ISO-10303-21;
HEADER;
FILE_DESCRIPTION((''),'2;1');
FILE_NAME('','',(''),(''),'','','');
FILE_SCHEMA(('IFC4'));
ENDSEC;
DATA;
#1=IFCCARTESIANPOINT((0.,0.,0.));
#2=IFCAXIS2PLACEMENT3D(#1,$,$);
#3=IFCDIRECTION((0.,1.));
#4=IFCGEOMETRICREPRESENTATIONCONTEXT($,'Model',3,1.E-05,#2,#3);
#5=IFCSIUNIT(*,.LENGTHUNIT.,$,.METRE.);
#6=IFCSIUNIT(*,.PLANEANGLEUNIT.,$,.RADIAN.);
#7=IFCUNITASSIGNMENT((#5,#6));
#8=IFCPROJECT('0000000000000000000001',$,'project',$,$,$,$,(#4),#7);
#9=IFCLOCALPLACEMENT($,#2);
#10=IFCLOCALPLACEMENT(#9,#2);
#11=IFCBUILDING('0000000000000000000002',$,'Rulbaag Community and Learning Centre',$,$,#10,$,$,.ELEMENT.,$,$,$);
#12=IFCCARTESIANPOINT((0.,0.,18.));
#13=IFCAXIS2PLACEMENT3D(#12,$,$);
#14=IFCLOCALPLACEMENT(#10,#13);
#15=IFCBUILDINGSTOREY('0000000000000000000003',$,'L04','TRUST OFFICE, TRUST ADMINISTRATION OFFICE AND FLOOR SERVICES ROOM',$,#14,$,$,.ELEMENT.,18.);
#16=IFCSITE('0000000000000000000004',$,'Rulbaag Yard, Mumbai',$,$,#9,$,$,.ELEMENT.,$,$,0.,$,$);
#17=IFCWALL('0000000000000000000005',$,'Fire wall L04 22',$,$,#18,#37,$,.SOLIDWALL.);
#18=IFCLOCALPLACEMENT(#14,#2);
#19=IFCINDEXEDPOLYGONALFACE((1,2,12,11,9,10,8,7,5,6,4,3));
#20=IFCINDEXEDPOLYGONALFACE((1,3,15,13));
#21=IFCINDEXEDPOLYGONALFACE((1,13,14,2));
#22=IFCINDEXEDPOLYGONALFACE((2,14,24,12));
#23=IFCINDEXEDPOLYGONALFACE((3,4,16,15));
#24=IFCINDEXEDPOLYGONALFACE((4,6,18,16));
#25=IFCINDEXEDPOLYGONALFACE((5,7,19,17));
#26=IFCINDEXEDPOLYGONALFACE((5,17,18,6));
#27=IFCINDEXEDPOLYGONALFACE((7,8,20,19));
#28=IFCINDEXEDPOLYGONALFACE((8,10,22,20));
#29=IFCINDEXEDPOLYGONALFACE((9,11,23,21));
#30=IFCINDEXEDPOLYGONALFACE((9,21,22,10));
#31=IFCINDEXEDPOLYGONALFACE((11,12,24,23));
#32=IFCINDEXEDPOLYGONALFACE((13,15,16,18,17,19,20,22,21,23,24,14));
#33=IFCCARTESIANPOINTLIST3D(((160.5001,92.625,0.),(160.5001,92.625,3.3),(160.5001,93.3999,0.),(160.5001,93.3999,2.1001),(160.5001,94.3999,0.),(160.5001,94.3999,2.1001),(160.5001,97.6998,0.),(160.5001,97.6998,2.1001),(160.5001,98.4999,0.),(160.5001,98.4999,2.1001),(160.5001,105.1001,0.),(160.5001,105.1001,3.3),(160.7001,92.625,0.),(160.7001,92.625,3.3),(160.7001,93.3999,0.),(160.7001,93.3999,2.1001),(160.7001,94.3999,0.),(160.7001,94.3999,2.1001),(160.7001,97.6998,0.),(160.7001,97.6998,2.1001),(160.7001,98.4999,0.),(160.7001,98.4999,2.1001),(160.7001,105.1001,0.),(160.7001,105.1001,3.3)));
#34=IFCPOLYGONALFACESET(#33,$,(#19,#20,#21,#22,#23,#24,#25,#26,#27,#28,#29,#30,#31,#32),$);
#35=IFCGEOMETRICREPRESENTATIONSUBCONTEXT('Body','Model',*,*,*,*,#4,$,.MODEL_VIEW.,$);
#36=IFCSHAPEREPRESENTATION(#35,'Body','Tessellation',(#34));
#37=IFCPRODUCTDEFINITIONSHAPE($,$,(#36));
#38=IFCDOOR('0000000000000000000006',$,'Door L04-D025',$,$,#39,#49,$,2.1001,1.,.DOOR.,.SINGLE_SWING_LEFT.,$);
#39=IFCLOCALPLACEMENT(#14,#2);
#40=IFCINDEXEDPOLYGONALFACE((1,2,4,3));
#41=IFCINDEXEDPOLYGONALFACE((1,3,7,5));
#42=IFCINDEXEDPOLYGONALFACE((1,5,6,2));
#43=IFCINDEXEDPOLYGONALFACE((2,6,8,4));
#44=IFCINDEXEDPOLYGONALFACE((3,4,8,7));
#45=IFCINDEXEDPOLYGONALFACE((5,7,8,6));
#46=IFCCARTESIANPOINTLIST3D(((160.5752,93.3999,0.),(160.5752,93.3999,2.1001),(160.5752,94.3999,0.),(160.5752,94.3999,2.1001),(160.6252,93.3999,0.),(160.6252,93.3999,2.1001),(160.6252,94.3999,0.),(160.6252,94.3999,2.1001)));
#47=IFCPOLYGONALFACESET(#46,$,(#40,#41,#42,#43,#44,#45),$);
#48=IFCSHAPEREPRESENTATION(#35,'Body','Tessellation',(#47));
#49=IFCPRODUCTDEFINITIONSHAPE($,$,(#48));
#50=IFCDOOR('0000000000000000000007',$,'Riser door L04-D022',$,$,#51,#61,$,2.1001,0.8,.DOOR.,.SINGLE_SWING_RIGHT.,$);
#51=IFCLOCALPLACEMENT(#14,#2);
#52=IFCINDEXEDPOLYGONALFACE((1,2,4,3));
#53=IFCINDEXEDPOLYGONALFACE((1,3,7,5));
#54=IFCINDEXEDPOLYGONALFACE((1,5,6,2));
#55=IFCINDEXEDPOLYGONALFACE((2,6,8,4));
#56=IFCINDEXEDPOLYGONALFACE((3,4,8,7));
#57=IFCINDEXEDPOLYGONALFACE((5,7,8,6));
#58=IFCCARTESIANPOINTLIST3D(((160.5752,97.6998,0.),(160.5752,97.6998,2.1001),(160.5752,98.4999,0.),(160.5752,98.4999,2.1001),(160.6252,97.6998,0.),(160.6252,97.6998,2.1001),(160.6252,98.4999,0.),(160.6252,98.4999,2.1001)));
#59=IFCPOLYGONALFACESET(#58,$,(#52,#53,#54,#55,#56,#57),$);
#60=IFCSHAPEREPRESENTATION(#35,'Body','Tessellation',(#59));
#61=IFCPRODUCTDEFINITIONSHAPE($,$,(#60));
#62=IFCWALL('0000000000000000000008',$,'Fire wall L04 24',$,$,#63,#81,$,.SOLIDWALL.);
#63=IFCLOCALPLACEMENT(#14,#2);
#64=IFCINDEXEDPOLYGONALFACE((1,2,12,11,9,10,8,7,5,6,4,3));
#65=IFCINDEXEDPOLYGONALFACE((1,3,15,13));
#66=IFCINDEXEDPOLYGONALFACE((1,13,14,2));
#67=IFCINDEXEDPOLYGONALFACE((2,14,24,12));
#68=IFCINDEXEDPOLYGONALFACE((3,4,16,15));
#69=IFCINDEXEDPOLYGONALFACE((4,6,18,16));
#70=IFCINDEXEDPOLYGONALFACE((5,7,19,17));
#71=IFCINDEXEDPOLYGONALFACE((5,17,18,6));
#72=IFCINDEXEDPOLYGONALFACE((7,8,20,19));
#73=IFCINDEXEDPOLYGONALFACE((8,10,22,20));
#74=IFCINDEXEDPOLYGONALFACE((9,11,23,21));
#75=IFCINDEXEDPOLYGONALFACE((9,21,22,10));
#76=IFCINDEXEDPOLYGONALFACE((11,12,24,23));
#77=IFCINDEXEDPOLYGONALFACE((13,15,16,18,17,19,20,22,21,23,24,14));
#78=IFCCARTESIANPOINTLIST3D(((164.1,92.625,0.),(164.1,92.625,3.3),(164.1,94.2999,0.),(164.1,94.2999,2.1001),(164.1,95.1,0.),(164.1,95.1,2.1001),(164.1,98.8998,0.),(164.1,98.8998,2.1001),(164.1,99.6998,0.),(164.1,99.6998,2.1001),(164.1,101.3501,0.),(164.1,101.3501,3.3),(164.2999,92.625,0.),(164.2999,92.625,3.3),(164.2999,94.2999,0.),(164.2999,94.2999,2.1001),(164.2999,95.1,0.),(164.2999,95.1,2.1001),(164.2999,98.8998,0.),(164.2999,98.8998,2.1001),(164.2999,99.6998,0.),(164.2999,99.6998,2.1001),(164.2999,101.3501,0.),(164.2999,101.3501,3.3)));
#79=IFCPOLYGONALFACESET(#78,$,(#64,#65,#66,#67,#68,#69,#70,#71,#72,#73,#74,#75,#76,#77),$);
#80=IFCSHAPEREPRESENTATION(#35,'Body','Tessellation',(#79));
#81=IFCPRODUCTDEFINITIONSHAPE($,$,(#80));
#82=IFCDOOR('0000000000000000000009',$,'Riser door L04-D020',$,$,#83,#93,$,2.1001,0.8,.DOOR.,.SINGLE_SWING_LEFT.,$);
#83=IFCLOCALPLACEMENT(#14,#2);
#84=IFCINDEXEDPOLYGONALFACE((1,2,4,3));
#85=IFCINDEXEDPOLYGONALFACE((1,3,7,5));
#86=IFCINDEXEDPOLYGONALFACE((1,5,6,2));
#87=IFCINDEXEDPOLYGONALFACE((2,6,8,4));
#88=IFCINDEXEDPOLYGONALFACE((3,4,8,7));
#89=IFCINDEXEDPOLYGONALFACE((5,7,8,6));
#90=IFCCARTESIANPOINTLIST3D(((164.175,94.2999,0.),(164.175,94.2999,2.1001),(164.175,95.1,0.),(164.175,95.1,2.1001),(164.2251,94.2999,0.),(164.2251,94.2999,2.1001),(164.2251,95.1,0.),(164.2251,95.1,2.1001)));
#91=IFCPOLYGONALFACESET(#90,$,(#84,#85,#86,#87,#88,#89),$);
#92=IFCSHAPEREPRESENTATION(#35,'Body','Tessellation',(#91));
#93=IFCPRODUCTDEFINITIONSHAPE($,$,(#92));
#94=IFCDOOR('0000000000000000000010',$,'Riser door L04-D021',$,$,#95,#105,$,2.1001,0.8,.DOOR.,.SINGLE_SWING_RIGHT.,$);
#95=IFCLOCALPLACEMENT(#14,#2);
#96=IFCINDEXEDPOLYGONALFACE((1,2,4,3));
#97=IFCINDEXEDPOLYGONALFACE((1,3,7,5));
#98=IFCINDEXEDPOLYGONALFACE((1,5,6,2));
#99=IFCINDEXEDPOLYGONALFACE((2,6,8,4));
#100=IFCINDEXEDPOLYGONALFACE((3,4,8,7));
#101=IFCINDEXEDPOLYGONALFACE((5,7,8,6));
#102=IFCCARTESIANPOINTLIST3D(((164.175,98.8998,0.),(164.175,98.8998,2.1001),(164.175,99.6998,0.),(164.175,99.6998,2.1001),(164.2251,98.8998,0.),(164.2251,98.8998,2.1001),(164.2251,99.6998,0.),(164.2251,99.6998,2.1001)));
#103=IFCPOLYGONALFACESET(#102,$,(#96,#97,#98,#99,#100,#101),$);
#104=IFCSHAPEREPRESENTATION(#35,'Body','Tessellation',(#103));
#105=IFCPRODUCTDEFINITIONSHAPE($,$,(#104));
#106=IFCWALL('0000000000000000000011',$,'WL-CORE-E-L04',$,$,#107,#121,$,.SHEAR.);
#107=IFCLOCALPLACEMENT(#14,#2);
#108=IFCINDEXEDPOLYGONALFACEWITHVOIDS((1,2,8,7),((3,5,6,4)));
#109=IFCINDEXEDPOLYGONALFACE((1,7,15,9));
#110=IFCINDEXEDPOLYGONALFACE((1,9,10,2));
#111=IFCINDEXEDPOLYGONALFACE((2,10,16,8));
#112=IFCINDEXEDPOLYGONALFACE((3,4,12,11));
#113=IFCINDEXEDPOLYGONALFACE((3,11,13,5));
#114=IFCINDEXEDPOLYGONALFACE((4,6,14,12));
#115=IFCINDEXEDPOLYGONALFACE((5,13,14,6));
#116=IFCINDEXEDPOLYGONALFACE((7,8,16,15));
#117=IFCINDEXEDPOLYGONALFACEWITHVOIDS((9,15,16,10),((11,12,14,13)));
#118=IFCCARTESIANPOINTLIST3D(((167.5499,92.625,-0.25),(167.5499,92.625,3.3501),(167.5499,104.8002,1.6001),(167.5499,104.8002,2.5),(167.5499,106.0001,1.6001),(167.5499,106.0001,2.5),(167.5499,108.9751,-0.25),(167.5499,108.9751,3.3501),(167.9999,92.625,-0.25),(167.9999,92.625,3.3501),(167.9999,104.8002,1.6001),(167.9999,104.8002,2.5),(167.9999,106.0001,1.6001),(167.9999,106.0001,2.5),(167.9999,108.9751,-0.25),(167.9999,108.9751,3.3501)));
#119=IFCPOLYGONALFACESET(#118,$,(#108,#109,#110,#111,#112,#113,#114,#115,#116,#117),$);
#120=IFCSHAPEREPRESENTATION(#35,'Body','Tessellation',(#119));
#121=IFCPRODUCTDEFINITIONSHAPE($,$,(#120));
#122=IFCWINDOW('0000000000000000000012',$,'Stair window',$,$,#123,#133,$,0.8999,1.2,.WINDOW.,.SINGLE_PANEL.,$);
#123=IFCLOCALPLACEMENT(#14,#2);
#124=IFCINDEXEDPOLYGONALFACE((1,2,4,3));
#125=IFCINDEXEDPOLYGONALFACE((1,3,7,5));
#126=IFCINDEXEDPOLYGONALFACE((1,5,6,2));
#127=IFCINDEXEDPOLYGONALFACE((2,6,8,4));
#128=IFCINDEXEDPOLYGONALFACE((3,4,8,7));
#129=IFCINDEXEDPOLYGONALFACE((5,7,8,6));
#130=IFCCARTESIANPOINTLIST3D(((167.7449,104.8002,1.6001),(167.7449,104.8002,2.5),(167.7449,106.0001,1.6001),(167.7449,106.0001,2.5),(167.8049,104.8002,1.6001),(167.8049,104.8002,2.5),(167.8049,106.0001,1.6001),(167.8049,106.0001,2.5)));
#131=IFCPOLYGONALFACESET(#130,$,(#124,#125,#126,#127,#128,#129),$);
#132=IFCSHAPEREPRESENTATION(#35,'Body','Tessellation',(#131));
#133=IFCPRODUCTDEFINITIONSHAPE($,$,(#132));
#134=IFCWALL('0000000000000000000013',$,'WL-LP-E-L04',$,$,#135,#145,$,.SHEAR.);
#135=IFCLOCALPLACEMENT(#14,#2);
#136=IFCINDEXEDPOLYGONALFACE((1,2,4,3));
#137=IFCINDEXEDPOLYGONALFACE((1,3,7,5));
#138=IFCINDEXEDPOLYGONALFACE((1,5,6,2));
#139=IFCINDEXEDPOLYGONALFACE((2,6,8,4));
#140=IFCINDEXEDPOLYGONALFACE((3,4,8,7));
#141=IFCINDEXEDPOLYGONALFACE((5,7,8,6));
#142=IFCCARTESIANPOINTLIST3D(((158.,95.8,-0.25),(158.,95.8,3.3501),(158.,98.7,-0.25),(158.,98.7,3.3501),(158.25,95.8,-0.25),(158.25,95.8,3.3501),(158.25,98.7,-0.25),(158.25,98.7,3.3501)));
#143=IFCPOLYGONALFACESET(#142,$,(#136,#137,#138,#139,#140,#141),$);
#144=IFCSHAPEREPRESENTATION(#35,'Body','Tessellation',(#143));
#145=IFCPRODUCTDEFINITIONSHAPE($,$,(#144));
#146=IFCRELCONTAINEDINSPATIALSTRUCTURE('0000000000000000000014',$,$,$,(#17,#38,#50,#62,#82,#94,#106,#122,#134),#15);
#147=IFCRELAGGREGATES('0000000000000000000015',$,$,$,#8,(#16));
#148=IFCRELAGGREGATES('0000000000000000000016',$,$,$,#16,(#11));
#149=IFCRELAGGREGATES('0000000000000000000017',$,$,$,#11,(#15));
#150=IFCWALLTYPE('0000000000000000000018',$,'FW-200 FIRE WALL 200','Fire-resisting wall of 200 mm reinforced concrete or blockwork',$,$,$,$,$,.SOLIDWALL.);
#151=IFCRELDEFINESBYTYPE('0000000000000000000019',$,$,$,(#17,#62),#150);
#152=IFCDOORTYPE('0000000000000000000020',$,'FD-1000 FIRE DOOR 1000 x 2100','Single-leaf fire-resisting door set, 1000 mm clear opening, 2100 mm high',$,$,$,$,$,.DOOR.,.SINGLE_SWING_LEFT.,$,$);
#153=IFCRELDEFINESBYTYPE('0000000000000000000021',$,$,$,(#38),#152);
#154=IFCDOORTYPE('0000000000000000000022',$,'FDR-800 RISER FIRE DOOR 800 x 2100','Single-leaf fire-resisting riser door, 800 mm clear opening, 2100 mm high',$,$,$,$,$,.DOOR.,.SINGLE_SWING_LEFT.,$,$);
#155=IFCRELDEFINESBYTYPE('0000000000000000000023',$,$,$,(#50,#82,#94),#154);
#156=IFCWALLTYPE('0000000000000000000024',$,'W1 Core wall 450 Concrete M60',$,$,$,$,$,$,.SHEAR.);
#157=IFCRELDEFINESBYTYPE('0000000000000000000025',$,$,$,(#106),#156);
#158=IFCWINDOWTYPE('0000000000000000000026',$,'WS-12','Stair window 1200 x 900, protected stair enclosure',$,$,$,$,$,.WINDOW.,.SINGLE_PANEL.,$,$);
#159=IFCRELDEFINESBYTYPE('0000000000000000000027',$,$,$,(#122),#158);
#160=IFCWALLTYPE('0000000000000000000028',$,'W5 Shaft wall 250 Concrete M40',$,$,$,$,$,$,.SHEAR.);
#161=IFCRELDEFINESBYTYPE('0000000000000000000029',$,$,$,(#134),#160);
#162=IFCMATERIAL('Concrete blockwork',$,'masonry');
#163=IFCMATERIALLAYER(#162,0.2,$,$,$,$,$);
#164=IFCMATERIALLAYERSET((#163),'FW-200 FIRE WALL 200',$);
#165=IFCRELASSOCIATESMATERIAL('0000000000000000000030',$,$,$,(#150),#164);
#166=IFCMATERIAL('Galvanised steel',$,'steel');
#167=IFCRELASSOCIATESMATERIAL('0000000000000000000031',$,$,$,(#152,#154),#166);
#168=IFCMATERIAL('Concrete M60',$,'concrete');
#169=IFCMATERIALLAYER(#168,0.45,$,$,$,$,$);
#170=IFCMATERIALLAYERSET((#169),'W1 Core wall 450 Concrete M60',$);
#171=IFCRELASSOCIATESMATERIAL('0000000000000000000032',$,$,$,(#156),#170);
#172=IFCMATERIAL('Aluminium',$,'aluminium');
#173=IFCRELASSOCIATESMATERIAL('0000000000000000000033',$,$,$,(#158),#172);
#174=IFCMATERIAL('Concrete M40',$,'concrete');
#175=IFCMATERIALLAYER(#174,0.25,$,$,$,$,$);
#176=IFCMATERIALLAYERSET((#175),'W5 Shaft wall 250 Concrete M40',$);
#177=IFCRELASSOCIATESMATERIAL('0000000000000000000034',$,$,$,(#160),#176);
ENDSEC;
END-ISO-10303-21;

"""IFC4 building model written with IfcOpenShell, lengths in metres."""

from ifc_helpers import new_model, si_unit, direction, frame, frame_2d, origin, place, context, subcontext, project, spatial, rectangle, extrude, material, layer, layer_set, type_object, element, fill, save


model = new_model("IFC4")

# Units and contexts
model_context = context("Model", 3, precision=1e-05, world=origin(), true_north=direction((0.0, 1.0)))
body_context = subcontext(model_context, "Body", "Model", "MODEL_VIEW")
ifc_project = project(units=[si_unit("LENGTHUNIT", "METRE"), si_unit("PLANEANGLEUNIT", "RADIAN")], contexts=[model_context])

# Site, building, storey
site_placement = place(None, origin())
site = spatial("IfcSite", under=ifc_project, at=site_placement, Name="Rulbaag Yard, Mumbai", CompositionType="ELEMENT", RefElevation=0.0)
building_placement = place(site_placement, origin())
building = spatial("IfcBuilding", under=site, at=building_placement, Name="Rulbaag Community and Learning Centre", CompositionType="ELEMENT")
storey_placement = place(building_placement, frame((0.0, 0.0, 18.0)))
storey = spatial("IfcBuildingStorey", under=building, at=storey_placement, Name="L04", Description="TRUST OFFICE, TRUST ADMINISTRATION OFFICE AND FLOOR SERVICES ROOM", CompositionType="ELEMENT", Elevation=18.0)

# Shared definitions
ifc_material_1 = material(Name="Concrete M40", Category="concrete")

# Shared definitions
ifc_material_2 = material(Name="Aluminium", Category="aluminium")

# Shared definitions
ifc_material_3 = material(Name="Concrete blockwork", Category="masonry")
ifc_layer_1 = layer(ifc_material_3, 0.2)
ifc_layer_set_1 = layer_set([ifc_layer_1], Name="FW-200 FIRE WALL 200")
wall_type_1 = type_object("IfcWallType", Name="FW-200 FIRE WALL 200", Description="Fire-resisting wall of 200 mm reinforced concrete or blockwork", PredefinedType="SOLIDWALL", material=ifc_layer_set_1)

# Walls, openings, doors
wall_1_placement = place(storey_placement, frame((160.6001, 92.625, 0.0), z_axis=(0.0, 0.0, 1.0), x_axis=(0.0, 1.0, 0.0)))
wall_1 = element("IfcWall", 1, at=wall_1_placement, inside=storey, type_object=wall_type_1, Name="Fire wall L04 22", PredefinedType="SOLIDWALL", context=body_context, shape_type="SweptSolid", body=[
    extrude(rectangle(XDim=12.4751, YDim=0.2, at=frame_2d((6.2375, 0.0))), origin(), (0.0, 0.0, 1.0), 3.3),
])
opening_1_placement = place(wall_1_placement, frame((5.075, 0.0, 0.0)))
opening_1 = element("IfcOpeningElement", 2, at=opening_1_placement, cuts=wall_1, PredefinedType="OPENING", context=body_context, shape_type="SweptSolid", body=[
    extrude(rectangle(XDim=0.8, YDim=2.1001, at=frame_2d((0.3999, 1.05))), frame((0.0, 0.1099, 0.0), z_axis=(0.0, -1.0, 0.0), x_axis=(1.0, 0.0, 0.0)), (0.0, 0.0, 1.0), 0.22),
])
opening_2_placement = place(wall_1_placement, frame((0.7749, 0.0, 0.0)))
opening_2 = element("IfcOpeningElement", 3, at=opening_2_placement, cuts=wall_1, PredefinedType="OPENING", context=body_context, shape_type="SweptSolid", body=[
    extrude(rectangle(XDim=1.0, YDim=2.1001, at=frame_2d((0.5, 1.05))), frame((0.0, 0.1099, 0.0), z_axis=(0.0, -1.0, 0.0), x_axis=(1.0, 0.0, 0.0)), (0.0, 0.0, 1.0), 0.22),
])
ifc_material_4 = material(Name="Galvanised steel", Category="steel")
door_type_1 = type_object("IfcDoorType", Name="FD-1000 FIRE DOOR 1000 x 2100", Description="Single-leaf fire-resisting door set, 1000 mm clear opening, 2100 mm high", OperationType="SINGLE_SWING_LEFT", PredefinedType="DOOR", material=ifc_material_4)
door_1_placement = place(opening_2_placement, origin())
door_1 = element("IfcDoor", 4, at=door_1_placement, inside=storey, type_object=door_type_1, Name="Door L04-D025", OperationType="SINGLE_SWING_LEFT", OverallHeight=2.1001, OverallWidth=1.0, PredefinedType="DOOR", context=body_context, shape_type="SweptSolid", body=[
    extrude(rectangle(XDim=1.0, YDim=2.1001, at=frame_2d((0.5, 1.05))), frame((0.0, 0.0249, 0.0), z_axis=(0.0, -1.0, 0.0), x_axis=(1.0, 0.0, 0.0)), (0.0, 0.0, 1.0), 0.05),
])
fill(opening_2, door_1)
door_type_2 = type_object("IfcDoorType", Name="FDR-800 RISER FIRE DOOR 800 x 2100", Description="Single-leaf fire-resisting riser door, 800 mm clear opening, 2100 mm high", OperationType="SINGLE_SWING_LEFT", PredefinedType="DOOR", material=ifc_material_4)
door_2_placement = place(opening_1_placement, origin())
door_2 = element("IfcDoor", 5, at=door_2_placement, inside=storey, type_object=door_type_2, Name="Riser door L04-D022", OperationType="SINGLE_SWING_RIGHT", OverallHeight=2.1001, OverallWidth=0.8, PredefinedType="DOOR", context=body_context, shape_type="SweptSolid", body=[
    extrude(rectangle(XDim=0.8, YDim=2.1001, at=frame_2d((0.3999, 1.05))), frame((0.0, 0.0249, 0.0), z_axis=(0.0, -1.0, 0.0), x_axis=(1.0, 0.0, 0.0)), (0.0, 0.0, 1.0), 0.05),
])
fill(opening_1, door_2)
wall_2_placement = place(storey_placement, frame((164.2, 92.625, 0.0), z_axis=(0.0, 0.0, 1.0), x_axis=(0.0, 1.0, 0.0)))
wall_2 = element("IfcWall", 6, at=wall_2_placement, inside=storey, type_object=wall_type_1, Name="Fire wall L04 24", PredefinedType="SOLIDWALL", context=body_context, shape_type="SweptSolid", body=[
    extrude(rectangle(XDim=8.7251, YDim=0.2, at=frame_2d((4.3625, 0.0))), origin(), (0.0, 0.0, 1.0), 3.3),
])
opening_3_placement = place(wall_2_placement, frame((1.675, 0.0, 0.0)))
opening_3 = element("IfcOpeningElement", 7, at=opening_3_placement, cuts=wall_2, PredefinedType="OPENING", context=body_context, shape_type="SweptSolid", body=[
    extrude(rectangle(XDim=0.8, YDim=2.1001, at=frame_2d((0.3999, 1.05))), frame((0.0, 0.1099, 0.0), z_axis=(0.0, -1.0, 0.0), x_axis=(1.0, 0.0, 0.0)), (0.0, 0.0, 1.0), 0.22),
])
opening_4_placement = place(wall_2_placement, frame((6.2749, 0.0, 0.0)))
opening_4 = element("IfcOpeningElement", 8, at=opening_4_placement, cuts=wall_2, PredefinedType="OPENING", context=body_context, shape_type="SweptSolid", body=[
    extrude(rectangle(XDim=0.8, YDim=2.1001, at=frame_2d((0.3999, 1.05))), frame((0.0, 0.1099, 0.0), z_axis=(0.0, -1.0, 0.0), x_axis=(1.0, 0.0, 0.0)), (0.0, 0.0, 1.0), 0.22),
])
door_3_placement = place(opening_3_placement, origin())
door_3 = element("IfcDoor", 9, at=door_3_placement, inside=storey, type_object=door_type_2, Name="Riser door L04-D020", OperationType="SINGLE_SWING_LEFT", OverallHeight=2.1001, OverallWidth=0.8, PredefinedType="DOOR", context=body_context, shape_type="SweptSolid", body=[
    extrude(rectangle(XDim=0.8, YDim=2.1001, at=frame_2d((0.3999, 1.05))), frame((0.0, 0.0249, 0.0), z_axis=(0.0, -1.0, 0.0), x_axis=(1.0, 0.0, 0.0)), (0.0, 0.0, 1.0), 0.05),
])
fill(opening_3, door_3)
door_4_placement = place(opening_4_placement, origin())
door_4 = element("IfcDoor", 10, at=door_4_placement, inside=storey, type_object=door_type_2, Name="Riser door L04-D021", OperationType="SINGLE_SWING_RIGHT", OverallHeight=2.1001, OverallWidth=0.8, PredefinedType="DOOR", context=body_context, shape_type="SweptSolid", body=[
    extrude(rectangle(XDim=0.8, YDim=2.1001, at=frame_2d((0.3999, 1.05))), frame((0.0, 0.0249, 0.0), z_axis=(0.0, -1.0, 0.0), x_axis=(1.0, 0.0, 0.0)), (0.0, 0.0, 1.0), 0.05),
])
fill(opening_4, door_4)

# Wall, opening, window
ifc_material_5 = material(Name="Concrete M60", Category="concrete")
ifc_layer_2 = layer(ifc_material_5, 0.45)
ifc_layer_set_2 = layer_set([ifc_layer_2], Name="W1 Core wall 450 Concrete M60")
wall_type_2 = type_object("IfcWallType", Name="W1 Core wall 450 Concrete M60", PredefinedType="SHEAR", material=ifc_layer_set_2)
wall_3_placement = place(storey_placement, frame((167.7749, 92.625, -0.25), z_axis=(0.0, 0.0, 1.0), x_axis=(0.0, 1.0, 0.0)))
wall_3 = element("IfcWall", 11, at=wall_3_placement, inside=storey, type_object=wall_type_2, Name="WL-CORE-E-L04", PredefinedType="SHEAR", context=body_context, shape_type="SweptSolid", body=[
    extrude(rectangle(XDim=16.3501, YDim=0.45, at=frame_2d((8.175, 0.0))), origin(), (0.0, 0.0, 1.0), 3.6001),
])
opening_5_placement = place(wall_3_placement, frame((12.175, 0.0, 1.8501)))
opening_5 = element("IfcOpeningElement", 12, at=opening_5_placement, cuts=wall_3, PredefinedType="OPENING", context=body_context, shape_type="SweptSolid", body=[
    extrude(rectangle(XDim=1.2, YDim=0.8999, at=frame_2d((0.6001, 0.45))), frame((0.0, 0.2349, 0.0), z_axis=(0.0, -1.0, 0.0), x_axis=(1.0, 0.0, 0.0)), (0.0, 0.0, 1.0), 0.47),
])
window_type = type_object("IfcWindowType", Name="WS-12", Description="Stair window 1200 x 900, protected stair enclosure", PartitioningType="SINGLE_PANEL", PredefinedType="WINDOW", material=ifc_material_2)
window_placement = place(opening_5_placement, origin())
window = element("IfcWindow", 13, at=window_placement, inside=storey, type_object=window_type, Name="Stair window", OverallHeight=0.8999, OverallWidth=1.2, PartitioningType="SINGLE_PANEL", PredefinedType="WINDOW", context=body_context, shape_type="SweptSolid", body=[
    extrude(rectangle(XDim=1.2, YDim=0.8999, at=frame_2d((0.6001, 0.45))), frame((0.0, 0.03, 0.0), z_axis=(0.0, -1.0, 0.0), x_axis=(1.0, 0.0, 0.0)), (0.0, 0.0, 1.0), 0.0601),
])
fill(opening_5, window)

# Wall
ifc_layer_3 = layer(ifc_material_1, 0.25)
ifc_layer_set_3 = layer_set([ifc_layer_3], Name="W5 Shaft wall 250 Concrete M40")
wall_type_3 = type_object("IfcWallType", Name="W5 Shaft wall 250 Concrete M40", PredefinedType="SHEAR", material=ifc_layer_set_3)
wall_4_placement = place(storey_placement, frame((158.125, 95.8, -0.25), z_axis=(0.0, 0.0, 1.0), x_axis=(0.0, 1.0, 0.0)))
element("IfcWall", 14, at=wall_4_placement, inside=storey, type_object=wall_type_3, Name="WL-LP-E-L04", PredefinedType="SHEAR", context=body_context, shape_type="SweptSolid", body=[
    extrude(rectangle(XDim=2.8999, YDim=0.25, at=frame_2d((1.45, 0.0))), origin(), (0.0, 0.0, 1.0), 3.6001),
])

save(model, "model.ifc")
